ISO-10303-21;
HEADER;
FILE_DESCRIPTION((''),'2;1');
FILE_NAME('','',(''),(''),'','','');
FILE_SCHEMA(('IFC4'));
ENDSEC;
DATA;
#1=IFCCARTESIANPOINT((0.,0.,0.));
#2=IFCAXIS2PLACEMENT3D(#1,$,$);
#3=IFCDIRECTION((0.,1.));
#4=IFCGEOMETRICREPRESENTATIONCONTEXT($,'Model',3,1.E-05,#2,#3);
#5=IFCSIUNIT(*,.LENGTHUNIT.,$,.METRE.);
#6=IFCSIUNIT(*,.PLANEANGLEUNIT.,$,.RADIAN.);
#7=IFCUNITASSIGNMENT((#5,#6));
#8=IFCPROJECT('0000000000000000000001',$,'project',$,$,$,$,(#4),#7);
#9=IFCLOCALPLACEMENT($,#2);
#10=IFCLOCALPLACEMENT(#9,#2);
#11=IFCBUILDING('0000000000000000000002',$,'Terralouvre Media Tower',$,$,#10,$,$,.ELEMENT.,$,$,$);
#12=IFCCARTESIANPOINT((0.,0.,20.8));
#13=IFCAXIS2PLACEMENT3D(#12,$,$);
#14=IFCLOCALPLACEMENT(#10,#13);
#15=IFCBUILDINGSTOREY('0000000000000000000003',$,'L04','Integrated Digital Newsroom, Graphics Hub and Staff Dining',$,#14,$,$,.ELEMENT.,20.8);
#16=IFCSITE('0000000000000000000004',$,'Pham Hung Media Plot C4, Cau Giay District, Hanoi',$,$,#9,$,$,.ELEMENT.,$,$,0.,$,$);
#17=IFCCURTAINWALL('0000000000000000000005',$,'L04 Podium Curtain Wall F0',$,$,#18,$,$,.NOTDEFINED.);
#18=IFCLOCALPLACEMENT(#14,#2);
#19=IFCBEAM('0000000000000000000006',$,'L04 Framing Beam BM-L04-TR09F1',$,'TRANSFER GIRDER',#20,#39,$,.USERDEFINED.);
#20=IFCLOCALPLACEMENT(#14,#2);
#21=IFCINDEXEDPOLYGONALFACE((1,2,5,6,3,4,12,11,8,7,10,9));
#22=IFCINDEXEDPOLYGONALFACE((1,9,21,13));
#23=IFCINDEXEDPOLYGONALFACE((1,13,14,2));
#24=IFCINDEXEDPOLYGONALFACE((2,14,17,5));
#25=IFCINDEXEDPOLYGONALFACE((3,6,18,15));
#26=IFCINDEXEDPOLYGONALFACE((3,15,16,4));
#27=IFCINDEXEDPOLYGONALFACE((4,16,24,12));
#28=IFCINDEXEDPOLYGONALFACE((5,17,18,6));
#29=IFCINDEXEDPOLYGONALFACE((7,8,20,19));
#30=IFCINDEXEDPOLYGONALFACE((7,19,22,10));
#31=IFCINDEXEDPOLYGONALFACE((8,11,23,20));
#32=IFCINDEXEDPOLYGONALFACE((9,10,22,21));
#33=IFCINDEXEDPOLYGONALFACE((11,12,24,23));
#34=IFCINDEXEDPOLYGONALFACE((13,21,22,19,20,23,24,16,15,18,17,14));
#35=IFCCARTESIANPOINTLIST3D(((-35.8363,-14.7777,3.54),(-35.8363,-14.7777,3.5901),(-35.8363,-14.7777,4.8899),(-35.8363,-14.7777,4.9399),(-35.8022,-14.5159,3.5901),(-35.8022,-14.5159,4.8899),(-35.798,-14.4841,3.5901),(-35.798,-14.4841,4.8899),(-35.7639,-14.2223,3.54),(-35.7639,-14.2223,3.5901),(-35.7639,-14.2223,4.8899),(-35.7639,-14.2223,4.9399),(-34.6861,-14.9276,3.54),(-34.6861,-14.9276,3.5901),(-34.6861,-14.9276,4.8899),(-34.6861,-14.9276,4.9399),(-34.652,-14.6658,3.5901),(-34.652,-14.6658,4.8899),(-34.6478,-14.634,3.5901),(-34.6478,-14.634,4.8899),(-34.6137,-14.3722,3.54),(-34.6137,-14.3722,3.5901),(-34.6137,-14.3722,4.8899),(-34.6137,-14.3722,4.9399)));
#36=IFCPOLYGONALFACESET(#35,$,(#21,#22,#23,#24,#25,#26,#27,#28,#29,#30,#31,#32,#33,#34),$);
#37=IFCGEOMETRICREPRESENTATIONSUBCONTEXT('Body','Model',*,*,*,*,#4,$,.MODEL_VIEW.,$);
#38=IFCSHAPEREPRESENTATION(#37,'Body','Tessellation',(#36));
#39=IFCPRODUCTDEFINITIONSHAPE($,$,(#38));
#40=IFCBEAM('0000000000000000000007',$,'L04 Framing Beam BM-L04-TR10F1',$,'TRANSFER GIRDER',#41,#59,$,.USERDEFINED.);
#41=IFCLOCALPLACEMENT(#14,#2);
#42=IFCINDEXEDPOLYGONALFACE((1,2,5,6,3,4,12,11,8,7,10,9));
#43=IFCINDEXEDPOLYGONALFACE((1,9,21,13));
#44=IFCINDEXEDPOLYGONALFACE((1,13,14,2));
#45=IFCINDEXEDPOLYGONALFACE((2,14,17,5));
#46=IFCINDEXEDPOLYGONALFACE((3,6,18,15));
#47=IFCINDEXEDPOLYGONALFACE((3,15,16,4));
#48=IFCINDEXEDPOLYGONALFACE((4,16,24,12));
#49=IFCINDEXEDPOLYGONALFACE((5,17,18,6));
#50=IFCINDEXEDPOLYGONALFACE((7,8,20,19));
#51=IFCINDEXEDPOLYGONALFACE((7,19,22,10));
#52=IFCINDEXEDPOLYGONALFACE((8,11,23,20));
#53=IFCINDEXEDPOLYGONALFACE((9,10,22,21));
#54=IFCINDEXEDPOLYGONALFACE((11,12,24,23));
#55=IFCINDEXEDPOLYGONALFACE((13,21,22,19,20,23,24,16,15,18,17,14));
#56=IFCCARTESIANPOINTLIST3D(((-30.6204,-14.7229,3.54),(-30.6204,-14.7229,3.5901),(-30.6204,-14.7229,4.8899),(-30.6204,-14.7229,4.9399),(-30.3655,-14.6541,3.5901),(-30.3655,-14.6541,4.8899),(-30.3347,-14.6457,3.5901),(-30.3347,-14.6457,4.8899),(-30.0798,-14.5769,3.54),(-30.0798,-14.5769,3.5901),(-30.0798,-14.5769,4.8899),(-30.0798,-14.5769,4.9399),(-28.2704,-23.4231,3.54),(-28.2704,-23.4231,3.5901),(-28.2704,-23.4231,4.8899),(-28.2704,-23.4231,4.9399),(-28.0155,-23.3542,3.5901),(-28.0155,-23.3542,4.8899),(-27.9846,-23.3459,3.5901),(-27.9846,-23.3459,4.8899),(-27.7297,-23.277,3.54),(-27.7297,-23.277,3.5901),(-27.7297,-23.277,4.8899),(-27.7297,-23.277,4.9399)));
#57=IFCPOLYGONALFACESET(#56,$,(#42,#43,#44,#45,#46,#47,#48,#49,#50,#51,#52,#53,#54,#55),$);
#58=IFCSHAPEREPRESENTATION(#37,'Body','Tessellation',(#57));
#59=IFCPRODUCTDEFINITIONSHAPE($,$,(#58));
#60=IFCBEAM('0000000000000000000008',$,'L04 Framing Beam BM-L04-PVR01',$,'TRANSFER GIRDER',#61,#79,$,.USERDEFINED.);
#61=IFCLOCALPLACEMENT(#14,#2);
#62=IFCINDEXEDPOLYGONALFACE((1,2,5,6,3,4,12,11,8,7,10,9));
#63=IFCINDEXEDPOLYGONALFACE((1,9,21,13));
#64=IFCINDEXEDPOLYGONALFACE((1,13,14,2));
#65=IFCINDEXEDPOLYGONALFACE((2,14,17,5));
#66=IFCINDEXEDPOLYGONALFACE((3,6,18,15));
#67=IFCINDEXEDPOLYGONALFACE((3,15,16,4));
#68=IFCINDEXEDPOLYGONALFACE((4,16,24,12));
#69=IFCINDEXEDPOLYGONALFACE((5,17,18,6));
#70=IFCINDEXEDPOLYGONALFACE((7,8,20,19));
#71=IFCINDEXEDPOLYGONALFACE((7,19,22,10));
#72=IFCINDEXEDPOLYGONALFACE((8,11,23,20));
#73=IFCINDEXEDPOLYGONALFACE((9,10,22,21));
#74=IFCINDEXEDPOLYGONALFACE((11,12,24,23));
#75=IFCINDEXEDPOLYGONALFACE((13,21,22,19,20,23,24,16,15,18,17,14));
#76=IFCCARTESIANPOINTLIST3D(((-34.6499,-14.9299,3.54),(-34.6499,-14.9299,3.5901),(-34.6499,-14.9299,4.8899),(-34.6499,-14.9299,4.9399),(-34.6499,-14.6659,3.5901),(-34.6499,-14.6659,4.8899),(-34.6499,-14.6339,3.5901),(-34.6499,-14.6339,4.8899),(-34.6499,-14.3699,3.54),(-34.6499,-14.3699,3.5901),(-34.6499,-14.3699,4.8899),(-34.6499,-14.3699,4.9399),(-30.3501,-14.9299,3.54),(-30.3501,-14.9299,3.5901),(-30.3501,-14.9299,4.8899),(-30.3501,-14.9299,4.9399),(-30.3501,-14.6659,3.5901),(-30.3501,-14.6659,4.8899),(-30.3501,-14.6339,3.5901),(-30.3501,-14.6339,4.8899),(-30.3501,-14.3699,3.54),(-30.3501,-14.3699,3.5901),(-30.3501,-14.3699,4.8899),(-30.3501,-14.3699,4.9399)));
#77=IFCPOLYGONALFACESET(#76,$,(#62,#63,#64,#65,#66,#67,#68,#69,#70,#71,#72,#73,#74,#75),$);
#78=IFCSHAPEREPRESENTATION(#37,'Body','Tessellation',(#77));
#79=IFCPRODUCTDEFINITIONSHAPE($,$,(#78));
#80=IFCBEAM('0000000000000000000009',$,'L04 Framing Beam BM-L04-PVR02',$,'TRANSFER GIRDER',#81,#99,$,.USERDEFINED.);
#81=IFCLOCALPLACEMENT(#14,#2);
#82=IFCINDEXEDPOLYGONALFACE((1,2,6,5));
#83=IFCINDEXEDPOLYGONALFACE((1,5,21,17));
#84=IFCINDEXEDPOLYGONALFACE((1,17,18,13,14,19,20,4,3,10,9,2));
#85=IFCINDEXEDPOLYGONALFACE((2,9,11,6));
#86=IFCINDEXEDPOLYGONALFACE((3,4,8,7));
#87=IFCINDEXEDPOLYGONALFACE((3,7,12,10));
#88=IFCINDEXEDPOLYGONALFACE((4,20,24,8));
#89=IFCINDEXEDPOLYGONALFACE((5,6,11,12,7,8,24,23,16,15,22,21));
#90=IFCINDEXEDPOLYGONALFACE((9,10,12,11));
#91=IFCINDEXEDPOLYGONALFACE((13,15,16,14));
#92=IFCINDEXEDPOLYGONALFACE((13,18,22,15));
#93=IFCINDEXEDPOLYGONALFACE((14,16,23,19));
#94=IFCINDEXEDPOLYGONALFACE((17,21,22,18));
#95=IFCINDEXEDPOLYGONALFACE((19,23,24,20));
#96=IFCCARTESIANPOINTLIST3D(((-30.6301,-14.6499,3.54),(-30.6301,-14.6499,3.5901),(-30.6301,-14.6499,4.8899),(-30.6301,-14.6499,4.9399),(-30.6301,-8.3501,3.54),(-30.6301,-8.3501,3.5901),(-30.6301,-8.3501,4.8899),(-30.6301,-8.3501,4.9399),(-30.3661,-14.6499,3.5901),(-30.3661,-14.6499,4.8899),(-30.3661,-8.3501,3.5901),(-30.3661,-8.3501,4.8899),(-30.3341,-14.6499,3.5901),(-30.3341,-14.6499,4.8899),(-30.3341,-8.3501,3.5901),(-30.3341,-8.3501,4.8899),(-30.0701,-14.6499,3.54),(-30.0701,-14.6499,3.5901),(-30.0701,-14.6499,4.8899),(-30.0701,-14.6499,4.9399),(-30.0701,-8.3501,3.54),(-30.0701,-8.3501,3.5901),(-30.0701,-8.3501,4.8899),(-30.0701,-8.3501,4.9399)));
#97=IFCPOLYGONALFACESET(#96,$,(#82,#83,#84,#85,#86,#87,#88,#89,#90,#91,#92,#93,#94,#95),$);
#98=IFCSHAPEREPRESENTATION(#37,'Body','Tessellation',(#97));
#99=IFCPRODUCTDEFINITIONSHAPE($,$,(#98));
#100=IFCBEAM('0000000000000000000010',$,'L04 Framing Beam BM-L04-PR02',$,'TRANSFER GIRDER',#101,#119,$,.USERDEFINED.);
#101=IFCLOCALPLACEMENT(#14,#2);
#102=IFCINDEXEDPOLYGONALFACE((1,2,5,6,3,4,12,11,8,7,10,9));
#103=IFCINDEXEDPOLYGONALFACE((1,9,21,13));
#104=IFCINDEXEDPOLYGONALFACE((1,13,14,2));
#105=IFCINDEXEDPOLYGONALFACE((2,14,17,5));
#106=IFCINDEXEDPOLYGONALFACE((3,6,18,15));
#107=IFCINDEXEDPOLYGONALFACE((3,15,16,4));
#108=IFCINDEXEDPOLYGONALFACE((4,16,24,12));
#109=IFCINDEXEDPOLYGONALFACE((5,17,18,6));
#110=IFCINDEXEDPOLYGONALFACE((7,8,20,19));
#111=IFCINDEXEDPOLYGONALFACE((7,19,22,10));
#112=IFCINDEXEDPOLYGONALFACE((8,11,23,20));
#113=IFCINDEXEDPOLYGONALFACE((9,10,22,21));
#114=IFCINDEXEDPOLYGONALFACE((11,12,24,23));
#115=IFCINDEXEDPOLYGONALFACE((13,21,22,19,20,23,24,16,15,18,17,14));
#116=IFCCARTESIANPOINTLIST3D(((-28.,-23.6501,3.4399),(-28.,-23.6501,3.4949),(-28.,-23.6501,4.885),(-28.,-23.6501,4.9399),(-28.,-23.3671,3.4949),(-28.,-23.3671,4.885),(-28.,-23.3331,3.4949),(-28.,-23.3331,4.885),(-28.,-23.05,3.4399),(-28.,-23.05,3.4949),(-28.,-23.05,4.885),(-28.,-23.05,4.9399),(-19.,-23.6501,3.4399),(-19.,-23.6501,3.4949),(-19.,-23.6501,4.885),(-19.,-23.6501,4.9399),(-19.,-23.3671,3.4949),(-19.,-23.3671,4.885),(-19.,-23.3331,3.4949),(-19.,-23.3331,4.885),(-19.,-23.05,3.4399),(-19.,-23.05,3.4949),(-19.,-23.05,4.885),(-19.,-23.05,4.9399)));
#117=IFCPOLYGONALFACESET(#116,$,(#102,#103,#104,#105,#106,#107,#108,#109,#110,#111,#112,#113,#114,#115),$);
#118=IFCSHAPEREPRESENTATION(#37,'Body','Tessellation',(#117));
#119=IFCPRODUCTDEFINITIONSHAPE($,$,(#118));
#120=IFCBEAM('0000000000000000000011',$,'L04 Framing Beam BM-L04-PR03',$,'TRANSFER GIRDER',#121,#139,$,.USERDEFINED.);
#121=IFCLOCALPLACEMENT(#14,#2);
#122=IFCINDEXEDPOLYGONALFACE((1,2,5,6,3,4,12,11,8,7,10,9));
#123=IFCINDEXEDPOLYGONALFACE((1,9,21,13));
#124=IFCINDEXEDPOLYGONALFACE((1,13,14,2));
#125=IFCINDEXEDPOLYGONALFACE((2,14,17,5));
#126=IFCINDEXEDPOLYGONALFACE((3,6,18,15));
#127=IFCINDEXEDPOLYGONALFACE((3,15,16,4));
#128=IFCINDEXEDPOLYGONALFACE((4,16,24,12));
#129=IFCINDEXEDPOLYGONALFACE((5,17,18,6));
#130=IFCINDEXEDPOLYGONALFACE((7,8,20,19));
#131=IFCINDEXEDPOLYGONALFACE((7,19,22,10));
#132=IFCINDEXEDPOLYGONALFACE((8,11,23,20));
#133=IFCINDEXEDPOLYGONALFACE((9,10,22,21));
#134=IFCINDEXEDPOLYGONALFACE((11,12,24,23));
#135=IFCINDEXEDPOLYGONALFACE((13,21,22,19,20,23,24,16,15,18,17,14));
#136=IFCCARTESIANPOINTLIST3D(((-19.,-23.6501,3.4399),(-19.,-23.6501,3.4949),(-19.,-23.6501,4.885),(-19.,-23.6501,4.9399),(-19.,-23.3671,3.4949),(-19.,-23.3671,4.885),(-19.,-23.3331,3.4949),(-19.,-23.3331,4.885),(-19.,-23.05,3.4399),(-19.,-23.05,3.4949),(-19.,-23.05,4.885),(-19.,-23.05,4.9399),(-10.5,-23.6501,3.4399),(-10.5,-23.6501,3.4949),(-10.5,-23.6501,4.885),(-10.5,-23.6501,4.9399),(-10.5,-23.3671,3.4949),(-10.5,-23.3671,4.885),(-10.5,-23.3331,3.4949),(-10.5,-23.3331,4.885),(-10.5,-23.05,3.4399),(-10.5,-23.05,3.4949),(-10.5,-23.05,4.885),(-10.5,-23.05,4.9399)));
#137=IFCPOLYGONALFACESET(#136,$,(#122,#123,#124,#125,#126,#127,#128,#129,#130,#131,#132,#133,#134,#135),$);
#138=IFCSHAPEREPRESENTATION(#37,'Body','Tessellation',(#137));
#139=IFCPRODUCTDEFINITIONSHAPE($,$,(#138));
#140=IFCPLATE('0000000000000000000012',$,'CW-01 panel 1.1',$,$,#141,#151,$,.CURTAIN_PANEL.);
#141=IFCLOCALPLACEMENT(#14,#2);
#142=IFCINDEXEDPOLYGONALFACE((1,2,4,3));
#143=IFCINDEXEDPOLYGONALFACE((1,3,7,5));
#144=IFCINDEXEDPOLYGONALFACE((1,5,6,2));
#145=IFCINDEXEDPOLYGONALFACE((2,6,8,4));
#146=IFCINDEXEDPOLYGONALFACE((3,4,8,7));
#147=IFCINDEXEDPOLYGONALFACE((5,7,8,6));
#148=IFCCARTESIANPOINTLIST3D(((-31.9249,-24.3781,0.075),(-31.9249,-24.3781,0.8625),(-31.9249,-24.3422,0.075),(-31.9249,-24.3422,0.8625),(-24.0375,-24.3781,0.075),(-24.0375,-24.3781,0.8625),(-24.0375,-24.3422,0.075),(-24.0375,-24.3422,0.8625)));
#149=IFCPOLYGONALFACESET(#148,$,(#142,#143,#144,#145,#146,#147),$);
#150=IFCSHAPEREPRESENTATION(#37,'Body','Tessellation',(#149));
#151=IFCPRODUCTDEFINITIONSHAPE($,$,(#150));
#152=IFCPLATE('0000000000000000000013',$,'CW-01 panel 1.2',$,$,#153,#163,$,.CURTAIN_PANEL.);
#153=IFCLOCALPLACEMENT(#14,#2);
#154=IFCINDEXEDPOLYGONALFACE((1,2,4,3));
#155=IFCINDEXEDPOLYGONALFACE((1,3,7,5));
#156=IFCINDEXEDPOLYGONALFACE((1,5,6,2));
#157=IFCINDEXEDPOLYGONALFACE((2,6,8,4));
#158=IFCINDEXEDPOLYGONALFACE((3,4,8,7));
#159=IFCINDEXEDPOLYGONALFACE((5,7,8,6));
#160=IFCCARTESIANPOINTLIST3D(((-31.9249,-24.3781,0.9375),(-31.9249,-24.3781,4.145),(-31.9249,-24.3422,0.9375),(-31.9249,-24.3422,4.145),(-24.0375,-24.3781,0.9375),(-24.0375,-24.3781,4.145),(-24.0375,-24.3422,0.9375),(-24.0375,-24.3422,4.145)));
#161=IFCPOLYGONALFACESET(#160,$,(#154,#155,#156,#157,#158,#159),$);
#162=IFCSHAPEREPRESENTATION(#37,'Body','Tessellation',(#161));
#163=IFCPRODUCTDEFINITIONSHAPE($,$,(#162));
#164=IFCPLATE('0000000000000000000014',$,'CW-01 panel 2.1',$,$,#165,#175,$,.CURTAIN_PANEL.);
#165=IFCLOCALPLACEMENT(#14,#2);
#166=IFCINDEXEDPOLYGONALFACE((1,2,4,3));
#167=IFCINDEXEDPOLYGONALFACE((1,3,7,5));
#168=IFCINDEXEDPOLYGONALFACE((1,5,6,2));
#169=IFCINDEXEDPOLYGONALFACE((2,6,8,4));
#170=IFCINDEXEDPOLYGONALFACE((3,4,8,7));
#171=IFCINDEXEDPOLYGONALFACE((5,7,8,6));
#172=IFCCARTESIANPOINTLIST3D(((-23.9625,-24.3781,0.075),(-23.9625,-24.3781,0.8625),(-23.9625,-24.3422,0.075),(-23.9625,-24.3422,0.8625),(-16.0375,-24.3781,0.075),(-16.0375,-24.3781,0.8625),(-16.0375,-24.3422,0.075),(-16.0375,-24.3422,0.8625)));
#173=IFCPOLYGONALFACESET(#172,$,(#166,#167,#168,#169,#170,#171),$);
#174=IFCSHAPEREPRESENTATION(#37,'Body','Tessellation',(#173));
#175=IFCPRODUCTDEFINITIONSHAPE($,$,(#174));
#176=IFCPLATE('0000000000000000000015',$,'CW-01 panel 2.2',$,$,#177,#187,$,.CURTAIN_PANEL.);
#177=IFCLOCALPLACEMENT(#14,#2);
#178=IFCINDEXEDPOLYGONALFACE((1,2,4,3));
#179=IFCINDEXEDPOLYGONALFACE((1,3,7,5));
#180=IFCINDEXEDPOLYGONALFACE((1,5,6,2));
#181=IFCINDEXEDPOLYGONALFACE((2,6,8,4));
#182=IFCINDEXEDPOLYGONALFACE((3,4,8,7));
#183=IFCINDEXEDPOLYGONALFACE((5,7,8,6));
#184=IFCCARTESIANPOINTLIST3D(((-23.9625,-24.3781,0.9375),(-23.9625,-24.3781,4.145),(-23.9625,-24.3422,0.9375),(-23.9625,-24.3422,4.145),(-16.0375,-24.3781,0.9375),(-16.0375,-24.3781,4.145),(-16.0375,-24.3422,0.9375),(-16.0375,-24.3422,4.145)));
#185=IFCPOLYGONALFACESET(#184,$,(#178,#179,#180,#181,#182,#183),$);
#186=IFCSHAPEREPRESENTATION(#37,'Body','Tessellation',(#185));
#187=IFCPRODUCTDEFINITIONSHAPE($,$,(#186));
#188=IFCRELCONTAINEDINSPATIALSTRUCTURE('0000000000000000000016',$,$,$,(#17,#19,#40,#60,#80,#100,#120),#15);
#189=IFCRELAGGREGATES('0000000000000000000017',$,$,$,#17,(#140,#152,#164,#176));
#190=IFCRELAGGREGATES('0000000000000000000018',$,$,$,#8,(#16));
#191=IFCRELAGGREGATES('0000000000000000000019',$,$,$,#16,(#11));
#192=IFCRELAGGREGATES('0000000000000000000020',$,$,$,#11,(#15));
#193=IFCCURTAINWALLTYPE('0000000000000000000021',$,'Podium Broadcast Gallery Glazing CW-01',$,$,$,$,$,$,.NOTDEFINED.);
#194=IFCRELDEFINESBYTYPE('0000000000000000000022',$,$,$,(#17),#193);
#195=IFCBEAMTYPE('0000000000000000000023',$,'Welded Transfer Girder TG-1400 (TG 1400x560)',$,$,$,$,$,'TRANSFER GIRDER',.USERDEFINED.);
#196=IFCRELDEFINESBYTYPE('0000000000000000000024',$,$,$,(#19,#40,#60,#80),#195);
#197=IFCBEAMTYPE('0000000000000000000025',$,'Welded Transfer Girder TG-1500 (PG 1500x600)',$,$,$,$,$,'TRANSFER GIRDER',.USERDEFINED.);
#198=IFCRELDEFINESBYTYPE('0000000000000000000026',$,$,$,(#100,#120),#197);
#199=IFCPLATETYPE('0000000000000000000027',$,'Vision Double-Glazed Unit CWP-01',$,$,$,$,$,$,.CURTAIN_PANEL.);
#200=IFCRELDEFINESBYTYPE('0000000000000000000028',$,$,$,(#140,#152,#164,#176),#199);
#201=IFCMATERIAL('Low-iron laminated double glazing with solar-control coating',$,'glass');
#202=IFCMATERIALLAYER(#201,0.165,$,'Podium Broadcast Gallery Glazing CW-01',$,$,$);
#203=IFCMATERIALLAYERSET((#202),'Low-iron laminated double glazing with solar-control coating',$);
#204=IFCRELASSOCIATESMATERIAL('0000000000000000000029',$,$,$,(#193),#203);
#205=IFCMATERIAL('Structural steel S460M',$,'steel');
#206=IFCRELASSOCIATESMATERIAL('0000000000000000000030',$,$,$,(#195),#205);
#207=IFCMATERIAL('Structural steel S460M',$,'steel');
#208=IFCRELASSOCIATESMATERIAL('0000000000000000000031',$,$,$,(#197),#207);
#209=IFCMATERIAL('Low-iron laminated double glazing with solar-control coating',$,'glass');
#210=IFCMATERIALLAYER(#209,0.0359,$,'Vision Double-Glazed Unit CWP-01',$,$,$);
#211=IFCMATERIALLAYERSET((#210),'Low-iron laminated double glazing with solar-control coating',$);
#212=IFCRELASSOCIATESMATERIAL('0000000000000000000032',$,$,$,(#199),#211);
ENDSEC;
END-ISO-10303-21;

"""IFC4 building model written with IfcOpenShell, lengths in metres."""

from ifc_helpers import new_model, si_unit, direction, frame, origin, origin_2d, place, context, subcontext, project, spatial, rectangle, i_section, extrude, material, layer, layer_set, material_profile, profile_set, type_object, element, aggregate, save


model = new_model("IFC4")

# Units and contexts
model_context = context("Model", 3, precision=1e-05, world=origin(), true_north=direction((0.0, 1.0)))
body_context = subcontext(model_context, "Body", "Model", "MODEL_VIEW")
ifc_project = project(units=[si_unit("LENGTHUNIT", "METRE"), si_unit("PLANEANGLEUNIT", "RADIAN")], contexts=[model_context])

# Site, building, storey
site_placement = place(None, origin())
site = spatial("IfcSite", under=ifc_project, at=site_placement, Name="Pham Hung Media Plot C4, Cau Giay District, Hanoi", CompositionType="ELEMENT", RefElevation=0.0)
building_placement = place(site_placement, origin())
building = spatial("IfcBuilding", under=site, at=building_placement, Name="Terralouvre Media Tower", CompositionType="ELEMENT")
storey_placement = place(building_placement, frame((0.0, 0.0, 20.8)))
storey = spatial("IfcBuildingStorey", under=building, at=storey_placement, Name="L04", Description="Integrated Digital Newsroom, Graphics Hub and Staff Dining", CompositionType="ELEMENT", Elevation=20.8)

# Curtain wall
ifc_material_1 = material(Name="Low-iron laminated double glazing with solar-control coating", Category="glass")
ifc_layer_1 = layer(ifc_material_1, 0.165, Name="Podium Broadcast Gallery Glazing CW-01")
ifc_layer_set_1 = layer_set([ifc_layer_1], Name="Low-iron laminated double glazing with solar-control coating")
curtain_wall_type = type_object("IfcCurtainWallType", Name="Podium Broadcast Gallery Glazing CW-01", PredefinedType="NOTDEFINED", material=ifc_layer_set_1)
curtain_wall_placement = place(storey_placement, origin())
curtain_wall = element("IfcCurtainWall", 1, at=curtain_wall_placement, inside=storey, type_object=curtain_wall_type, Name="L04 Podium Curtain Wall F0", PredefinedType="NOTDEFINED")

# Beams
ifc_material_2 = material(Name="Structural steel S460M", Category="steel")
ifc_material_profile_1 = material_profile(ifc_material_2, i_section(OverallWidth=0.5601, OverallDepth=1.3999, WebThickness=0.032, FlangeThickness=0.05, at=origin_2d()), Name="TG 1400x560")
ifc_profile_set_1 = profile_set([ifc_material_profile_1], Name="Structural steel S460M")
beam_type_1 = type_object("IfcBeamType", Name="Welded Transfer Girder TG-1400 (TG 1400x560)", ElementType="TRANSFER GIRDER", PredefinedType="USERDEFINED", material=ifc_profile_set_1)
beam_1_placement = place(storey_placement, frame((-34.6499, -14.6499, 4.24), z_axis=(-0.991613, 0.12924, 0.0), x_axis=(-0.12924, -0.991613, 0.0)))
element("IfcBeam", 2, at=beam_1_placement, inside=storey, type_object=beam_type_1, Name="L04 Framing Beam BM-L04-TR09F1", ObjectType="TRANSFER GIRDER", PredefinedType="USERDEFINED", context=body_context, shape_type="SweptSolid", body=[
    extrude(i_section(OverallWidth=0.5601, OverallDepth=1.3999, WebThickness=0.032, FlangeThickness=0.05, at=origin_2d()), origin(), (0.0, 0.0, 1.0), 1.1599),
])
beam_2_placement = place(storey_placement, frame((-30.3501, -14.6499, 4.24), z_axis=(0.260774, -0.9654, 0.0), x_axis=(0.9654, 0.260774, 0.0)))
element("IfcBeam", 3, at=beam_2_placement, inside=storey, type_object=beam_type_1, Name="L04 Framing Beam BM-L04-TR10F1", ObjectType="TRANSFER GIRDER", PredefinedType="USERDEFINED", context=body_context, shape_type="SweptSolid", body=[
    extrude(i_section(OverallWidth=0.5601, OverallDepth=1.3999, WebThickness=0.032, FlangeThickness=0.05, at=origin_2d()), origin(), (0.0, 0.0, 1.0), 9.012),
])
beam_3_placement = place(storey_placement, frame((-34.6499, -14.6499, 4.24), z_axis=(1.0, 0.0, 0.0), x_axis=(0.0, 1.0, 0.0)))
element("IfcBeam", 4, at=beam_3_placement, inside=storey, type_object=beam_type_1, Name="L04 Framing Beam BM-L04-PVR01", ObjectType="TRANSFER GIRDER", PredefinedType="USERDEFINED", context=body_context, shape_type="SweptSolid", body=[
    extrude(i_section(OverallWidth=0.5601, OverallDepth=1.3999, WebThickness=0.032, FlangeThickness=0.05, at=origin_2d()), origin(), (0.0, 0.0, 1.0), 4.2998),
])
beam_4_placement = place(storey_placement, frame((-30.3501, -14.6499, 4.24), z_axis=(0.0, 1.0, 0.0), x_axis=(-1.0, 0.0, 0.0)))
element("IfcBeam", 5, at=beam_4_placement, inside=storey, type_object=beam_type_1, Name="L04 Framing Beam BM-L04-PVR02", ObjectType="TRANSFER GIRDER", PredefinedType="USERDEFINED", context=body_context, shape_type="SweptSolid", body=[
    extrude(i_section(OverallWidth=0.5601, OverallDepth=1.3999, WebThickness=0.032, FlangeThickness=0.05, at=origin_2d()), origin(), (0.0, 0.0, 1.0), 6.2998),
])
ifc_material_3 = material(Name="Structural steel S460M", Category="steel")
ifc_material_profile_2 = material_profile(ifc_material_3, i_section(OverallWidth=0.6001, OverallDepth=1.5, WebThickness=0.0339, FlangeThickness=0.0549, at=origin_2d()), Name="PG 1500x600")
ifc_profile_set_2 = profile_set([ifc_material_profile_2], Name="Structural steel S460M")
beam_type_2 = type_object("IfcBeamType", Name="Welded Transfer Girder TG-1500 (PG 1500x600)", ElementType="TRANSFER GIRDER", PredefinedType="USERDEFINED", material=ifc_profile_set_2)
beam_5_placement = place(storey_placement, frame((-28.0, -23.3501, 4.1899), z_axis=(1.0, 0.0, 0.0), x_axis=(0.0, 1.0, 0.0)))
element("IfcBeam", 6, at=beam_5_placement, inside=storey, type_object=beam_type_2, Name="L04 Framing Beam BM-L04-PR02", ObjectType="TRANSFER GIRDER", PredefinedType="USERDEFINED", context=body_context, shape_type="SweptSolid", body=[
    extrude(i_section(OverallWidth=0.6001, OverallDepth=1.5, WebThickness=0.0339, FlangeThickness=0.0549, at=origin_2d()), origin(), (0.0, 0.0, 1.0), 9.0),
])
beam_6_placement = place(storey_placement, frame((-19.0, -23.3501, 4.1899), z_axis=(1.0, 0.0, 0.0), x_axis=(0.0, 1.0, 0.0)))
element("IfcBeam", 7, at=beam_6_placement, inside=storey, type_object=beam_type_2, Name="L04 Framing Beam BM-L04-PR03", ObjectType="TRANSFER GIRDER", PredefinedType="USERDEFINED", context=body_context, shape_type="SweptSolid", body=[
    extrude(i_section(OverallWidth=0.6001, OverallDepth=1.5, WebThickness=0.0339, FlangeThickness=0.0549, at=origin_2d()), origin(), (0.0, 0.0, 1.0), 8.5),
])

# Plates
ifc_material_4 = material(Name="Low-iron laminated double glazing with solar-control coating", Category="glass")
ifc_layer_2 = layer(ifc_material_4, 0.0359, Name="Vision Double-Glazed Unit CWP-01")
ifc_layer_set_2 = layer_set([ifc_layer_2], Name="Low-iron laminated double glazing with solar-control coating")
plate_type = type_object("IfcPlateType", Name="Vision Double-Glazed Unit CWP-01", PredefinedType="CURTAIN_PANEL", material=ifc_layer_set_2)
plate_1_placement = place(storey_placement, frame((-27.9812, -24.3601, 0.075), z_axis=(0.0, 0.0, 1.0), x_axis=(1.0, 0.0, 0.0)))
plate_1 = element("IfcPlate", 8, at=plate_1_placement, type_object=plate_type, Name="CW-01 panel 1.1", PredefinedType="CURTAIN_PANEL", context=body_context, shape_type="SweptSolid", body=[
    extrude(rectangle(XDim=7.8875, YDim=0.0359, at=origin_2d()), origin(), (0.0, 0.0, 1.0), 0.7876),
])
plate_2_placement = place(storey_placement, frame((-27.9812, -24.3601, 0.9375), z_axis=(0.0, 0.0, 1.0), x_axis=(1.0, 0.0, 0.0)))
plate_2 = element("IfcPlate", 9, at=plate_2_placement, type_object=plate_type, Name="CW-01 panel 1.2", PredefinedType="CURTAIN_PANEL", context=body_context, shape_type="SweptSolid", body=[
    extrude(rectangle(XDim=7.8875, YDim=0.0359, at=origin_2d()), origin(), (0.0, 0.0, 1.0), 3.2075),
])
plate_3_placement = place(storey_placement, frame((-20.0, -24.3601, 0.075), z_axis=(0.0, 0.0, 1.0), x_axis=(1.0, 0.0, 0.0)))
plate_3 = element("IfcPlate", 10, at=plate_3_placement, type_object=plate_type, Name="CW-01 panel 2.1", PredefinedType="CURTAIN_PANEL", context=body_context, shape_type="SweptSolid", body=[
    extrude(rectangle(XDim=7.925, YDim=0.0359, at=origin_2d()), origin(), (0.0, 0.0, 1.0), 0.7876),
])
plate_4_placement = place(storey_placement, frame((-20.0, -24.3601, 0.9375), z_axis=(0.0, 0.0, 1.0), x_axis=(1.0, 0.0, 0.0)))
plate_4 = element("IfcPlate", 11, at=plate_4_placement, type_object=plate_type, Name="CW-01 panel 2.2", PredefinedType="CURTAIN_PANEL", context=body_context, shape_type="SweptSolid", body=[
    extrude(rectangle(XDim=7.925, YDim=0.0359, at=origin_2d()), origin(), (0.0, 0.0, 1.0), 3.2075),
])
aggregate(curtain_wall, [plate_1, plate_2, plate_3, plate_4])

save(model, "model.ifc")
